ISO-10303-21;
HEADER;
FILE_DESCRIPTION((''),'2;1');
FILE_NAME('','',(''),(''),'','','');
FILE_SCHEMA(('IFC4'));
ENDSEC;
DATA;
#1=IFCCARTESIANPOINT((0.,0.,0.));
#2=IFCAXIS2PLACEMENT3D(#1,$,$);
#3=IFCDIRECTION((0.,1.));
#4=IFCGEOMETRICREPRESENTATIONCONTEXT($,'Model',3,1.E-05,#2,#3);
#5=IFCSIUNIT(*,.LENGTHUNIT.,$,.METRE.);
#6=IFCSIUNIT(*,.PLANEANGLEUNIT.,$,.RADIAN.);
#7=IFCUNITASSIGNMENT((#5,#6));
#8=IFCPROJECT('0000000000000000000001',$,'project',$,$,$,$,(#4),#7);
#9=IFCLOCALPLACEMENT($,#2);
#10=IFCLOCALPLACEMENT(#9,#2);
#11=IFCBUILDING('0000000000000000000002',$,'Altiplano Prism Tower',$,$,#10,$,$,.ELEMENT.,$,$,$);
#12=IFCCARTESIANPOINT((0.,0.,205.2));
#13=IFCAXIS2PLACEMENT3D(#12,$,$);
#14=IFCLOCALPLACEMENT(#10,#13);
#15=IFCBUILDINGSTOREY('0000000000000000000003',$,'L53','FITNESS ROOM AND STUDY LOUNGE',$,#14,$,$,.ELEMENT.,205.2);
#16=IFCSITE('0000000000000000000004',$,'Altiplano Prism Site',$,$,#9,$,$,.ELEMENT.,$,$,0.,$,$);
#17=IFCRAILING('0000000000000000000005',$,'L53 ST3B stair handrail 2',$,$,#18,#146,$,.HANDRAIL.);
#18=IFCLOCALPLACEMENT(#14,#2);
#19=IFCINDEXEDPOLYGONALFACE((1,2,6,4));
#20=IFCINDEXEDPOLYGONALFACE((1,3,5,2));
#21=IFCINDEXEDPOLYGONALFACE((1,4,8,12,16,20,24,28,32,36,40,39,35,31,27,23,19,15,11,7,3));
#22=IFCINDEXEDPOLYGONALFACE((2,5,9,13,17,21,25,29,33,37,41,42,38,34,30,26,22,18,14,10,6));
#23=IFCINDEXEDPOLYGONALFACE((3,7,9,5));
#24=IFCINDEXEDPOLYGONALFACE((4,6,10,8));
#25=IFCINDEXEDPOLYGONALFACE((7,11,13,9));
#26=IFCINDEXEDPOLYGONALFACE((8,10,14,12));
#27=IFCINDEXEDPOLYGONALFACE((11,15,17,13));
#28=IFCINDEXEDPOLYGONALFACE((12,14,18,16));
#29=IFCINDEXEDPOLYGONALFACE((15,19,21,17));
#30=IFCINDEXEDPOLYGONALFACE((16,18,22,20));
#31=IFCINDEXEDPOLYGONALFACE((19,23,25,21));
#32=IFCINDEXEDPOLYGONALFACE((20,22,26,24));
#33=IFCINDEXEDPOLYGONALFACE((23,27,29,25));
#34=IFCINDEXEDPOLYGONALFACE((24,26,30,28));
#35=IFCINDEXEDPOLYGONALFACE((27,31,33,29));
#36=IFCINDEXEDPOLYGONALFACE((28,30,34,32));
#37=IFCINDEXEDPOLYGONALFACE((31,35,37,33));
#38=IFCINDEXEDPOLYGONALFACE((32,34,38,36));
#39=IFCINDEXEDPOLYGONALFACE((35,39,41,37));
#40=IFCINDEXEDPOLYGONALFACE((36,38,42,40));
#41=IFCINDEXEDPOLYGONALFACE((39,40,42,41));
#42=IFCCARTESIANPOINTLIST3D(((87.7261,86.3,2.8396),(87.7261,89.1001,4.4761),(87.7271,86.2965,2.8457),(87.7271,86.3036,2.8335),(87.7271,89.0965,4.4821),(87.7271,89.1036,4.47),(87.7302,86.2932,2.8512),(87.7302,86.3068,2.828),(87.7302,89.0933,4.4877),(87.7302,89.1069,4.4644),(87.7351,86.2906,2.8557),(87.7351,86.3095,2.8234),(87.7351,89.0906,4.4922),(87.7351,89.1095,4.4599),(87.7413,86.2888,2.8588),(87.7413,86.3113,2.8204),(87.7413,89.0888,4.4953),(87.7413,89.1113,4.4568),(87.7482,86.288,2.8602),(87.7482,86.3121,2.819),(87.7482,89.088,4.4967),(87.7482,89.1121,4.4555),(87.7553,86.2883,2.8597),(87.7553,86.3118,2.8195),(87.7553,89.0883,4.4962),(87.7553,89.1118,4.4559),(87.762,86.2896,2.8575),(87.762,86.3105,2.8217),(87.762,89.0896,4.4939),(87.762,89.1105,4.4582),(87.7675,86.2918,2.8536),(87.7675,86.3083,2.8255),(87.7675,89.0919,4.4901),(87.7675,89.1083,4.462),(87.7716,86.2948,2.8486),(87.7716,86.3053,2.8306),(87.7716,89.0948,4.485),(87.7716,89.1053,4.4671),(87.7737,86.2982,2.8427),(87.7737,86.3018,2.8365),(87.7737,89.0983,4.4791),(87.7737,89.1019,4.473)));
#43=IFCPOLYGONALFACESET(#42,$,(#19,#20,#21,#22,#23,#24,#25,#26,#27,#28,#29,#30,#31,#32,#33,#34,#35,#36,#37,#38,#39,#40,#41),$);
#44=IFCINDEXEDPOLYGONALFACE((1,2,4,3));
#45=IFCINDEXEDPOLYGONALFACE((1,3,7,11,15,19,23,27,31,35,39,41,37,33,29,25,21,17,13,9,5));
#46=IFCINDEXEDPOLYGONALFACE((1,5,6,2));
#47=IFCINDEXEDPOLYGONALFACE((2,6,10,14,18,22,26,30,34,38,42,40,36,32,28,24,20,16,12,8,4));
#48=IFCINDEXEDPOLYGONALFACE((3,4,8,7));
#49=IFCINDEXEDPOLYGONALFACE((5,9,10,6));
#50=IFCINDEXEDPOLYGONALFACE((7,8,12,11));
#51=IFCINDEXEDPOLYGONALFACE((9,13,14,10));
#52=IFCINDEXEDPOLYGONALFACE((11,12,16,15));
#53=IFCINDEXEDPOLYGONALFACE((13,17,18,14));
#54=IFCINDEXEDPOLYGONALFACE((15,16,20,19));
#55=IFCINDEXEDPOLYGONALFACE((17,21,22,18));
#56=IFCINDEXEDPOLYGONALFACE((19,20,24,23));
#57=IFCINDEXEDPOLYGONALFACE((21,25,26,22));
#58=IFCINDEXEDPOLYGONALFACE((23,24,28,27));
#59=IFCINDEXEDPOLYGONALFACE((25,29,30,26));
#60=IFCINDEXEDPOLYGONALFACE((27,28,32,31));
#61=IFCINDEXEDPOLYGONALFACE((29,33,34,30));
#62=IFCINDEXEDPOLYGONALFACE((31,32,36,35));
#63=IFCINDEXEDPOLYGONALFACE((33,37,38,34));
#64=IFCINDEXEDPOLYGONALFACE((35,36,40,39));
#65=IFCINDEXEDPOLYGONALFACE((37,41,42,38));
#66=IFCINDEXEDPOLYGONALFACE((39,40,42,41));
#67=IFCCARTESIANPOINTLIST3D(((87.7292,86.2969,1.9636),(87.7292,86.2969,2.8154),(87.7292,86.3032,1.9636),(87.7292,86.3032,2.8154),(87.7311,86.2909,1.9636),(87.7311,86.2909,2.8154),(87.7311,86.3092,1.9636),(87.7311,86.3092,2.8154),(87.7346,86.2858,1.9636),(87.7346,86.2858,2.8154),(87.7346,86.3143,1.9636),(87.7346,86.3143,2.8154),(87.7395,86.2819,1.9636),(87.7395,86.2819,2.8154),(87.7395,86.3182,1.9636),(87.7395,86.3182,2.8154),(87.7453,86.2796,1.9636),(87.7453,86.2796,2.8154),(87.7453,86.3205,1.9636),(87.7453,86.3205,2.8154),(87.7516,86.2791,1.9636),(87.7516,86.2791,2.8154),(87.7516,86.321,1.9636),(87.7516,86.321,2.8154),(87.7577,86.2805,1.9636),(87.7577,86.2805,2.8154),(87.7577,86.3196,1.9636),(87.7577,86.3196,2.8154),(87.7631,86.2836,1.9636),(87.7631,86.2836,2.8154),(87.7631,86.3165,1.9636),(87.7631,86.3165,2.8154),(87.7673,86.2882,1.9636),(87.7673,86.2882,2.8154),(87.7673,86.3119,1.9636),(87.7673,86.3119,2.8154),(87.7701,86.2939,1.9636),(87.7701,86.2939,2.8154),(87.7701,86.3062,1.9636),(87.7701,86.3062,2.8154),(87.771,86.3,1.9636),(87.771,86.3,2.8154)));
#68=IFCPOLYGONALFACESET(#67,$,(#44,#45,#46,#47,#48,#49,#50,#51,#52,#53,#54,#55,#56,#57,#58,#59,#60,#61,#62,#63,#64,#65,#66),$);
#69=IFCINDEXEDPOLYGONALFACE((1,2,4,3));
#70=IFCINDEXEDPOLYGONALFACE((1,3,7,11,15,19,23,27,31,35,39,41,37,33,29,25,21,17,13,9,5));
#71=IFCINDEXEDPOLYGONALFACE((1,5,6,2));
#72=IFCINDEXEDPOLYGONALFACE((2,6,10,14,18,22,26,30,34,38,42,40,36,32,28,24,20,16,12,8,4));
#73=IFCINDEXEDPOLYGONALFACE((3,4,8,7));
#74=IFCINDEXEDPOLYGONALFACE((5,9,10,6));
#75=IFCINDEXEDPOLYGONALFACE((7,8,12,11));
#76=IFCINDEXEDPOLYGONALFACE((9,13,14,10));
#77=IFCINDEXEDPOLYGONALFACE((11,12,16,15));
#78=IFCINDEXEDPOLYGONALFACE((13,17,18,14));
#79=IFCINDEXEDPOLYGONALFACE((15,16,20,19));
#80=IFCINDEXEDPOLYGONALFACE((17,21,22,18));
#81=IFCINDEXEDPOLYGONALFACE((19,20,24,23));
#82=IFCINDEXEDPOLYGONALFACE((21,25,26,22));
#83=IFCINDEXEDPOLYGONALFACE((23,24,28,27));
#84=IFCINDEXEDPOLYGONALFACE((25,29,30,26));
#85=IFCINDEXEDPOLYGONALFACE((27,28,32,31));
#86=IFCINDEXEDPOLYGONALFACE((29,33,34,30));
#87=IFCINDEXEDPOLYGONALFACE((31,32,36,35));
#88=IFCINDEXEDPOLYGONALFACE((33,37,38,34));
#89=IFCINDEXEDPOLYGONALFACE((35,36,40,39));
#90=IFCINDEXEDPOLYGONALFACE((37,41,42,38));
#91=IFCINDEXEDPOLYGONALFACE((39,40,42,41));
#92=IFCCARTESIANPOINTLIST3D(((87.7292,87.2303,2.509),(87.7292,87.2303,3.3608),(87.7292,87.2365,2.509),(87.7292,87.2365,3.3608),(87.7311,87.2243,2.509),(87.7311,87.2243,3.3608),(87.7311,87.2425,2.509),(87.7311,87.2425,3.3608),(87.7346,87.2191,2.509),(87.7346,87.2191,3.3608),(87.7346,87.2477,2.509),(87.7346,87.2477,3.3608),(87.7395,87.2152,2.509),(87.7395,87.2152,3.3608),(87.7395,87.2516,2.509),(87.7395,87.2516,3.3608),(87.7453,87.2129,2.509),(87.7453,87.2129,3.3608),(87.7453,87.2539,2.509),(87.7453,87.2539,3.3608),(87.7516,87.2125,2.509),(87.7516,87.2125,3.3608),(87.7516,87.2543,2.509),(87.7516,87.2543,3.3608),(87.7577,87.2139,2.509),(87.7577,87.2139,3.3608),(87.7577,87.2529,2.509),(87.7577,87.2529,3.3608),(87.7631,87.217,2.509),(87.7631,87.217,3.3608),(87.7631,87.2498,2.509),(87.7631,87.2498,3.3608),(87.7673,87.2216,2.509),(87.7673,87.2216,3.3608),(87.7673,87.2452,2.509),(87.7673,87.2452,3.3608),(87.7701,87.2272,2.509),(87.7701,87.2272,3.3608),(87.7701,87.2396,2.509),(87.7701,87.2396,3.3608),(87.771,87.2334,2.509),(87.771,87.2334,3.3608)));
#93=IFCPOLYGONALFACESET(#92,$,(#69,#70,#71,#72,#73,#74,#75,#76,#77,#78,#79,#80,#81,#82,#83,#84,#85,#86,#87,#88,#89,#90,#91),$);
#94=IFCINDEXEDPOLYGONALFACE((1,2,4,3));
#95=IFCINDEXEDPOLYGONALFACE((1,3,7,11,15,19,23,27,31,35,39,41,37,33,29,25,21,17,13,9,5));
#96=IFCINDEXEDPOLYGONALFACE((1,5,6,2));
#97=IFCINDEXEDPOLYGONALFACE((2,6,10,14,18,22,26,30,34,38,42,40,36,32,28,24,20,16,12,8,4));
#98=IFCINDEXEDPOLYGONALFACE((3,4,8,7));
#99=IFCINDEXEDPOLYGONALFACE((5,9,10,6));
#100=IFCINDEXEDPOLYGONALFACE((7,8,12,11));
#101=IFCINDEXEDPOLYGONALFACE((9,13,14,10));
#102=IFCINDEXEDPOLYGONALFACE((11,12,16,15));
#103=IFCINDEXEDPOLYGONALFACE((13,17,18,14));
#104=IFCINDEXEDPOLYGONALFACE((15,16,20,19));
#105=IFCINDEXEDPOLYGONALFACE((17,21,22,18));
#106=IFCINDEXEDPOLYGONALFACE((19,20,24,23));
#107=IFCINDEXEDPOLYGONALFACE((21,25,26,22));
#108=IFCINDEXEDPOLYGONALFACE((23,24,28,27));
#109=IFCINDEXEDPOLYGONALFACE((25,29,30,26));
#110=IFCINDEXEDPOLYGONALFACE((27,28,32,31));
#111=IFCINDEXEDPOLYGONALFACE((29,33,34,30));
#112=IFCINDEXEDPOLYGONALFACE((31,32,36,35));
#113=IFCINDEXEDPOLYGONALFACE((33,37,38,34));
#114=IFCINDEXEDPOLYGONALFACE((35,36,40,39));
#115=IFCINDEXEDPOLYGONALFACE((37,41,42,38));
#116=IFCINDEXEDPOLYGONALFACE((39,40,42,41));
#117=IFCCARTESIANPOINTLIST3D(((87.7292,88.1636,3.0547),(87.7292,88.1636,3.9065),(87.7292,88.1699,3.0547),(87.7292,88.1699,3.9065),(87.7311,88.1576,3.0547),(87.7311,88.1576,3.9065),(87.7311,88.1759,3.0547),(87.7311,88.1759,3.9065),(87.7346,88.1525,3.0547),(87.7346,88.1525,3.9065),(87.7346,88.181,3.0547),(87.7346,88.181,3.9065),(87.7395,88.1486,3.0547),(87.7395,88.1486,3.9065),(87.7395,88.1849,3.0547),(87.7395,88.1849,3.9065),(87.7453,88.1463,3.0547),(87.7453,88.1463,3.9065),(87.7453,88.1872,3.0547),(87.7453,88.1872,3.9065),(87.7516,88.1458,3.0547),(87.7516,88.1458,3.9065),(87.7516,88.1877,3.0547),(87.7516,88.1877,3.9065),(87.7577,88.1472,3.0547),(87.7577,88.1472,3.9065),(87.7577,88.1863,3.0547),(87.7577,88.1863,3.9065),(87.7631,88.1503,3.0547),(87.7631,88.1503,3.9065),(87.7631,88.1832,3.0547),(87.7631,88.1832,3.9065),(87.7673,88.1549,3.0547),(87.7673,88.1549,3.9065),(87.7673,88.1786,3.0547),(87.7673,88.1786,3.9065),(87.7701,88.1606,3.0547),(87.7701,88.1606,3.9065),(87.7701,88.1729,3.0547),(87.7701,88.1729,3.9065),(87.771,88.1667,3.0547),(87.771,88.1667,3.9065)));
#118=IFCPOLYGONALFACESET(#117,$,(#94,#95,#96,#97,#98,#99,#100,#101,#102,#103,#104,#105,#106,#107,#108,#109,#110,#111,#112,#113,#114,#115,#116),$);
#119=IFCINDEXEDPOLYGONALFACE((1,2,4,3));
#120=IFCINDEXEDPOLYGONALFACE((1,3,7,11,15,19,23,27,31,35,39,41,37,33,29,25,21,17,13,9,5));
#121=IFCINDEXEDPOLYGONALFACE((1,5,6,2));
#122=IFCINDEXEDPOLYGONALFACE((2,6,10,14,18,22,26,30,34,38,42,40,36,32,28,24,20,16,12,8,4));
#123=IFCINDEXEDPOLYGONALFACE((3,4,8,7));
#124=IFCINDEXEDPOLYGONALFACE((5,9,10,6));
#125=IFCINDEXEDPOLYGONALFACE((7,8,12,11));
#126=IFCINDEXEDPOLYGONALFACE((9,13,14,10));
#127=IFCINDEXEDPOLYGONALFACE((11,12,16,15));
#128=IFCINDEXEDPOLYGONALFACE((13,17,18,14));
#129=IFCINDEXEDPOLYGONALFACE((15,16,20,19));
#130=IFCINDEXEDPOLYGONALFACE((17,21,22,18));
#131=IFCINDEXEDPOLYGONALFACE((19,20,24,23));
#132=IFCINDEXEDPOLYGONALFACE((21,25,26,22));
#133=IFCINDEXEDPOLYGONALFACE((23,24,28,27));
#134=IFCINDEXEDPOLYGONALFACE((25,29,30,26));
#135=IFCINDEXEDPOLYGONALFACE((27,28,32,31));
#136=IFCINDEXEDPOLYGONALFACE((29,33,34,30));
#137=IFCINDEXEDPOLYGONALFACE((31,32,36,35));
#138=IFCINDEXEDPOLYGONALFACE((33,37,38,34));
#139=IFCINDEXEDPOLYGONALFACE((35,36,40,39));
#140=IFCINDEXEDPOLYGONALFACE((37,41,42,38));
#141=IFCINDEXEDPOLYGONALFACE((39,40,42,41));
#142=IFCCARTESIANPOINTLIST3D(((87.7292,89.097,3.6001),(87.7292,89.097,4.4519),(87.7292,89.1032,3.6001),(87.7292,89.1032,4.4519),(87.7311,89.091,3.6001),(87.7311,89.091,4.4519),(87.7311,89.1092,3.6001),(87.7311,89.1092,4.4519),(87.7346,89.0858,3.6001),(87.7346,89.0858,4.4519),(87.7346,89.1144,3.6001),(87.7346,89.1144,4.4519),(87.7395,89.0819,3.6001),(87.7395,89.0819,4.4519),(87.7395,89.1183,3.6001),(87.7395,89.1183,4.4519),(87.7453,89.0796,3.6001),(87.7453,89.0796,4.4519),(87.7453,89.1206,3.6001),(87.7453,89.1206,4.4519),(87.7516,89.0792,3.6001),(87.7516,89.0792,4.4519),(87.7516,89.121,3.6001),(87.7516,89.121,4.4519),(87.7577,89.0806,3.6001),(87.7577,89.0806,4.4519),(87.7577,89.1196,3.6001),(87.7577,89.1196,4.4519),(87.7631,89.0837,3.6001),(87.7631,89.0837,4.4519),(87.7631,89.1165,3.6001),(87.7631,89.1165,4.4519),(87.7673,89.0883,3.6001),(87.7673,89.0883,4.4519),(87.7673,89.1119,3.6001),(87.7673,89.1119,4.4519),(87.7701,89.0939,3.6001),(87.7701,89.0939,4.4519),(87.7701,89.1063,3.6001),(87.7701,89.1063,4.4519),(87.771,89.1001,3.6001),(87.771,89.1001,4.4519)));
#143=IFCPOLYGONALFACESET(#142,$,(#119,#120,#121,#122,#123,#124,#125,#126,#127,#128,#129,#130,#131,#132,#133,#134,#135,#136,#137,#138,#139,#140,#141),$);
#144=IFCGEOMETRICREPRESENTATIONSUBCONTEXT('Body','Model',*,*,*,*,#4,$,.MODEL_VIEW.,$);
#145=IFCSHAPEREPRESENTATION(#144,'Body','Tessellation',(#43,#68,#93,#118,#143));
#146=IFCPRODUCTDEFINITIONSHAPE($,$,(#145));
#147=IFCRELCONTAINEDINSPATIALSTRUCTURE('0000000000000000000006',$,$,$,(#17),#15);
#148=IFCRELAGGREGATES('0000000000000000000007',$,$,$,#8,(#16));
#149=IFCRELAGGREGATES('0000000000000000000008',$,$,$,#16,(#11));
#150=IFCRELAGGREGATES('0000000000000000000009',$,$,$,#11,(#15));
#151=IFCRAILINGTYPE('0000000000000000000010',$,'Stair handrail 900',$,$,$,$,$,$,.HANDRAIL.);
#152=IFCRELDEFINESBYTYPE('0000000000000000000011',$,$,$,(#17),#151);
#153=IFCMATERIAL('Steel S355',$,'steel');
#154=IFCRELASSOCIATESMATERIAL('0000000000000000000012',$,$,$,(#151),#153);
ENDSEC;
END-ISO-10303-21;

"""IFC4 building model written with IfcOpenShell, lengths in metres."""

from ifc_helpers import new_model, si_unit, direction, frame, origin, origin_2d, place, context, subcontext, project, spatial, circle, extrude, material, type_object, element, save


model = new_model("IFC4")

# Units and contexts
model_context = context("Model", 3, precision=1e-05, world=origin(), true_north=direction((0.0, 1.0)))
body_context = subcontext(model_context, "Body", "Model", "MODEL_VIEW")
ifc_project = project(units=[si_unit("LENGTHUNIT", "METRE"), si_unit("PLANEANGLEUNIT", "RADIAN")], contexts=[model_context])

# Site, building, storey
site_placement = place(None, origin())
site = spatial("IfcSite", under=ifc_project, at=site_placement, Name="Altiplano Prism Site", CompositionType="ELEMENT", RefElevation=0.0)
building_placement = place(site_placement, origin())
building = spatial("IfcBuilding", under=site, at=building_placement, Name="Altiplano Prism Tower", CompositionType="ELEMENT")
storey_placement = place(building_placement, frame((0.0, 0.0, 205.2)))
storey = spatial("IfcBuildingStorey", under=building, at=storey_placement, Name="L53", Description="FITNESS ROOM AND STUDY LOUNGE", CompositionType="ELEMENT", Elevation=205.2)

# Railing
ifc_material_1 = material(Name="Steel S355", Category="steel")
railing_type_1 = type_object("IfcRailingType", Name="Stair handrail 900", PredefinedType="HANDRAIL", material=ifc_material_1)
railing_1_placement = place(storey_placement, frame((87.75, 86.3, 1.9636)))
element("IfcRailing", 1, at=railing_1_placement, inside=storey, type_object=railing_type_1, Name="L53 ST3B stair handrail 2", PredefinedType="HANDRAIL", context=body_context, shape_type="SweptSolid", body=[
    extrude(circle(Radius=0.0239, at=origin_2d()), frame((0.0, 0.0, 0.876), z_axis=(0.0, 0.863361, 0.504587), x_axis=(-1.0, 0.0, 0.0)), (0.0, 0.0, 1.0), 3.2432),
    extrude(circle(Radius=0.021, at=origin_2d()), origin(), (0.0, 0.0, 1.0), 0.8518),
    extrude(circle(Radius=0.021, at=origin_2d()), frame((0.0, 0.9333, 0.5454)), (0.0, 0.0, 1.0), 0.8518),
    extrude(circle(Radius=0.021, at=origin_2d()), frame((0.0, 1.8667, 1.0911)), (0.0, 0.0, 1.0), 0.8518),
    extrude(circle(Radius=0.021, at=origin_2d()), frame((0.0, 2.8, 1.6365)), (0.0, 0.0, 1.0), 0.8518),
])

save(model, "model.ifc")
